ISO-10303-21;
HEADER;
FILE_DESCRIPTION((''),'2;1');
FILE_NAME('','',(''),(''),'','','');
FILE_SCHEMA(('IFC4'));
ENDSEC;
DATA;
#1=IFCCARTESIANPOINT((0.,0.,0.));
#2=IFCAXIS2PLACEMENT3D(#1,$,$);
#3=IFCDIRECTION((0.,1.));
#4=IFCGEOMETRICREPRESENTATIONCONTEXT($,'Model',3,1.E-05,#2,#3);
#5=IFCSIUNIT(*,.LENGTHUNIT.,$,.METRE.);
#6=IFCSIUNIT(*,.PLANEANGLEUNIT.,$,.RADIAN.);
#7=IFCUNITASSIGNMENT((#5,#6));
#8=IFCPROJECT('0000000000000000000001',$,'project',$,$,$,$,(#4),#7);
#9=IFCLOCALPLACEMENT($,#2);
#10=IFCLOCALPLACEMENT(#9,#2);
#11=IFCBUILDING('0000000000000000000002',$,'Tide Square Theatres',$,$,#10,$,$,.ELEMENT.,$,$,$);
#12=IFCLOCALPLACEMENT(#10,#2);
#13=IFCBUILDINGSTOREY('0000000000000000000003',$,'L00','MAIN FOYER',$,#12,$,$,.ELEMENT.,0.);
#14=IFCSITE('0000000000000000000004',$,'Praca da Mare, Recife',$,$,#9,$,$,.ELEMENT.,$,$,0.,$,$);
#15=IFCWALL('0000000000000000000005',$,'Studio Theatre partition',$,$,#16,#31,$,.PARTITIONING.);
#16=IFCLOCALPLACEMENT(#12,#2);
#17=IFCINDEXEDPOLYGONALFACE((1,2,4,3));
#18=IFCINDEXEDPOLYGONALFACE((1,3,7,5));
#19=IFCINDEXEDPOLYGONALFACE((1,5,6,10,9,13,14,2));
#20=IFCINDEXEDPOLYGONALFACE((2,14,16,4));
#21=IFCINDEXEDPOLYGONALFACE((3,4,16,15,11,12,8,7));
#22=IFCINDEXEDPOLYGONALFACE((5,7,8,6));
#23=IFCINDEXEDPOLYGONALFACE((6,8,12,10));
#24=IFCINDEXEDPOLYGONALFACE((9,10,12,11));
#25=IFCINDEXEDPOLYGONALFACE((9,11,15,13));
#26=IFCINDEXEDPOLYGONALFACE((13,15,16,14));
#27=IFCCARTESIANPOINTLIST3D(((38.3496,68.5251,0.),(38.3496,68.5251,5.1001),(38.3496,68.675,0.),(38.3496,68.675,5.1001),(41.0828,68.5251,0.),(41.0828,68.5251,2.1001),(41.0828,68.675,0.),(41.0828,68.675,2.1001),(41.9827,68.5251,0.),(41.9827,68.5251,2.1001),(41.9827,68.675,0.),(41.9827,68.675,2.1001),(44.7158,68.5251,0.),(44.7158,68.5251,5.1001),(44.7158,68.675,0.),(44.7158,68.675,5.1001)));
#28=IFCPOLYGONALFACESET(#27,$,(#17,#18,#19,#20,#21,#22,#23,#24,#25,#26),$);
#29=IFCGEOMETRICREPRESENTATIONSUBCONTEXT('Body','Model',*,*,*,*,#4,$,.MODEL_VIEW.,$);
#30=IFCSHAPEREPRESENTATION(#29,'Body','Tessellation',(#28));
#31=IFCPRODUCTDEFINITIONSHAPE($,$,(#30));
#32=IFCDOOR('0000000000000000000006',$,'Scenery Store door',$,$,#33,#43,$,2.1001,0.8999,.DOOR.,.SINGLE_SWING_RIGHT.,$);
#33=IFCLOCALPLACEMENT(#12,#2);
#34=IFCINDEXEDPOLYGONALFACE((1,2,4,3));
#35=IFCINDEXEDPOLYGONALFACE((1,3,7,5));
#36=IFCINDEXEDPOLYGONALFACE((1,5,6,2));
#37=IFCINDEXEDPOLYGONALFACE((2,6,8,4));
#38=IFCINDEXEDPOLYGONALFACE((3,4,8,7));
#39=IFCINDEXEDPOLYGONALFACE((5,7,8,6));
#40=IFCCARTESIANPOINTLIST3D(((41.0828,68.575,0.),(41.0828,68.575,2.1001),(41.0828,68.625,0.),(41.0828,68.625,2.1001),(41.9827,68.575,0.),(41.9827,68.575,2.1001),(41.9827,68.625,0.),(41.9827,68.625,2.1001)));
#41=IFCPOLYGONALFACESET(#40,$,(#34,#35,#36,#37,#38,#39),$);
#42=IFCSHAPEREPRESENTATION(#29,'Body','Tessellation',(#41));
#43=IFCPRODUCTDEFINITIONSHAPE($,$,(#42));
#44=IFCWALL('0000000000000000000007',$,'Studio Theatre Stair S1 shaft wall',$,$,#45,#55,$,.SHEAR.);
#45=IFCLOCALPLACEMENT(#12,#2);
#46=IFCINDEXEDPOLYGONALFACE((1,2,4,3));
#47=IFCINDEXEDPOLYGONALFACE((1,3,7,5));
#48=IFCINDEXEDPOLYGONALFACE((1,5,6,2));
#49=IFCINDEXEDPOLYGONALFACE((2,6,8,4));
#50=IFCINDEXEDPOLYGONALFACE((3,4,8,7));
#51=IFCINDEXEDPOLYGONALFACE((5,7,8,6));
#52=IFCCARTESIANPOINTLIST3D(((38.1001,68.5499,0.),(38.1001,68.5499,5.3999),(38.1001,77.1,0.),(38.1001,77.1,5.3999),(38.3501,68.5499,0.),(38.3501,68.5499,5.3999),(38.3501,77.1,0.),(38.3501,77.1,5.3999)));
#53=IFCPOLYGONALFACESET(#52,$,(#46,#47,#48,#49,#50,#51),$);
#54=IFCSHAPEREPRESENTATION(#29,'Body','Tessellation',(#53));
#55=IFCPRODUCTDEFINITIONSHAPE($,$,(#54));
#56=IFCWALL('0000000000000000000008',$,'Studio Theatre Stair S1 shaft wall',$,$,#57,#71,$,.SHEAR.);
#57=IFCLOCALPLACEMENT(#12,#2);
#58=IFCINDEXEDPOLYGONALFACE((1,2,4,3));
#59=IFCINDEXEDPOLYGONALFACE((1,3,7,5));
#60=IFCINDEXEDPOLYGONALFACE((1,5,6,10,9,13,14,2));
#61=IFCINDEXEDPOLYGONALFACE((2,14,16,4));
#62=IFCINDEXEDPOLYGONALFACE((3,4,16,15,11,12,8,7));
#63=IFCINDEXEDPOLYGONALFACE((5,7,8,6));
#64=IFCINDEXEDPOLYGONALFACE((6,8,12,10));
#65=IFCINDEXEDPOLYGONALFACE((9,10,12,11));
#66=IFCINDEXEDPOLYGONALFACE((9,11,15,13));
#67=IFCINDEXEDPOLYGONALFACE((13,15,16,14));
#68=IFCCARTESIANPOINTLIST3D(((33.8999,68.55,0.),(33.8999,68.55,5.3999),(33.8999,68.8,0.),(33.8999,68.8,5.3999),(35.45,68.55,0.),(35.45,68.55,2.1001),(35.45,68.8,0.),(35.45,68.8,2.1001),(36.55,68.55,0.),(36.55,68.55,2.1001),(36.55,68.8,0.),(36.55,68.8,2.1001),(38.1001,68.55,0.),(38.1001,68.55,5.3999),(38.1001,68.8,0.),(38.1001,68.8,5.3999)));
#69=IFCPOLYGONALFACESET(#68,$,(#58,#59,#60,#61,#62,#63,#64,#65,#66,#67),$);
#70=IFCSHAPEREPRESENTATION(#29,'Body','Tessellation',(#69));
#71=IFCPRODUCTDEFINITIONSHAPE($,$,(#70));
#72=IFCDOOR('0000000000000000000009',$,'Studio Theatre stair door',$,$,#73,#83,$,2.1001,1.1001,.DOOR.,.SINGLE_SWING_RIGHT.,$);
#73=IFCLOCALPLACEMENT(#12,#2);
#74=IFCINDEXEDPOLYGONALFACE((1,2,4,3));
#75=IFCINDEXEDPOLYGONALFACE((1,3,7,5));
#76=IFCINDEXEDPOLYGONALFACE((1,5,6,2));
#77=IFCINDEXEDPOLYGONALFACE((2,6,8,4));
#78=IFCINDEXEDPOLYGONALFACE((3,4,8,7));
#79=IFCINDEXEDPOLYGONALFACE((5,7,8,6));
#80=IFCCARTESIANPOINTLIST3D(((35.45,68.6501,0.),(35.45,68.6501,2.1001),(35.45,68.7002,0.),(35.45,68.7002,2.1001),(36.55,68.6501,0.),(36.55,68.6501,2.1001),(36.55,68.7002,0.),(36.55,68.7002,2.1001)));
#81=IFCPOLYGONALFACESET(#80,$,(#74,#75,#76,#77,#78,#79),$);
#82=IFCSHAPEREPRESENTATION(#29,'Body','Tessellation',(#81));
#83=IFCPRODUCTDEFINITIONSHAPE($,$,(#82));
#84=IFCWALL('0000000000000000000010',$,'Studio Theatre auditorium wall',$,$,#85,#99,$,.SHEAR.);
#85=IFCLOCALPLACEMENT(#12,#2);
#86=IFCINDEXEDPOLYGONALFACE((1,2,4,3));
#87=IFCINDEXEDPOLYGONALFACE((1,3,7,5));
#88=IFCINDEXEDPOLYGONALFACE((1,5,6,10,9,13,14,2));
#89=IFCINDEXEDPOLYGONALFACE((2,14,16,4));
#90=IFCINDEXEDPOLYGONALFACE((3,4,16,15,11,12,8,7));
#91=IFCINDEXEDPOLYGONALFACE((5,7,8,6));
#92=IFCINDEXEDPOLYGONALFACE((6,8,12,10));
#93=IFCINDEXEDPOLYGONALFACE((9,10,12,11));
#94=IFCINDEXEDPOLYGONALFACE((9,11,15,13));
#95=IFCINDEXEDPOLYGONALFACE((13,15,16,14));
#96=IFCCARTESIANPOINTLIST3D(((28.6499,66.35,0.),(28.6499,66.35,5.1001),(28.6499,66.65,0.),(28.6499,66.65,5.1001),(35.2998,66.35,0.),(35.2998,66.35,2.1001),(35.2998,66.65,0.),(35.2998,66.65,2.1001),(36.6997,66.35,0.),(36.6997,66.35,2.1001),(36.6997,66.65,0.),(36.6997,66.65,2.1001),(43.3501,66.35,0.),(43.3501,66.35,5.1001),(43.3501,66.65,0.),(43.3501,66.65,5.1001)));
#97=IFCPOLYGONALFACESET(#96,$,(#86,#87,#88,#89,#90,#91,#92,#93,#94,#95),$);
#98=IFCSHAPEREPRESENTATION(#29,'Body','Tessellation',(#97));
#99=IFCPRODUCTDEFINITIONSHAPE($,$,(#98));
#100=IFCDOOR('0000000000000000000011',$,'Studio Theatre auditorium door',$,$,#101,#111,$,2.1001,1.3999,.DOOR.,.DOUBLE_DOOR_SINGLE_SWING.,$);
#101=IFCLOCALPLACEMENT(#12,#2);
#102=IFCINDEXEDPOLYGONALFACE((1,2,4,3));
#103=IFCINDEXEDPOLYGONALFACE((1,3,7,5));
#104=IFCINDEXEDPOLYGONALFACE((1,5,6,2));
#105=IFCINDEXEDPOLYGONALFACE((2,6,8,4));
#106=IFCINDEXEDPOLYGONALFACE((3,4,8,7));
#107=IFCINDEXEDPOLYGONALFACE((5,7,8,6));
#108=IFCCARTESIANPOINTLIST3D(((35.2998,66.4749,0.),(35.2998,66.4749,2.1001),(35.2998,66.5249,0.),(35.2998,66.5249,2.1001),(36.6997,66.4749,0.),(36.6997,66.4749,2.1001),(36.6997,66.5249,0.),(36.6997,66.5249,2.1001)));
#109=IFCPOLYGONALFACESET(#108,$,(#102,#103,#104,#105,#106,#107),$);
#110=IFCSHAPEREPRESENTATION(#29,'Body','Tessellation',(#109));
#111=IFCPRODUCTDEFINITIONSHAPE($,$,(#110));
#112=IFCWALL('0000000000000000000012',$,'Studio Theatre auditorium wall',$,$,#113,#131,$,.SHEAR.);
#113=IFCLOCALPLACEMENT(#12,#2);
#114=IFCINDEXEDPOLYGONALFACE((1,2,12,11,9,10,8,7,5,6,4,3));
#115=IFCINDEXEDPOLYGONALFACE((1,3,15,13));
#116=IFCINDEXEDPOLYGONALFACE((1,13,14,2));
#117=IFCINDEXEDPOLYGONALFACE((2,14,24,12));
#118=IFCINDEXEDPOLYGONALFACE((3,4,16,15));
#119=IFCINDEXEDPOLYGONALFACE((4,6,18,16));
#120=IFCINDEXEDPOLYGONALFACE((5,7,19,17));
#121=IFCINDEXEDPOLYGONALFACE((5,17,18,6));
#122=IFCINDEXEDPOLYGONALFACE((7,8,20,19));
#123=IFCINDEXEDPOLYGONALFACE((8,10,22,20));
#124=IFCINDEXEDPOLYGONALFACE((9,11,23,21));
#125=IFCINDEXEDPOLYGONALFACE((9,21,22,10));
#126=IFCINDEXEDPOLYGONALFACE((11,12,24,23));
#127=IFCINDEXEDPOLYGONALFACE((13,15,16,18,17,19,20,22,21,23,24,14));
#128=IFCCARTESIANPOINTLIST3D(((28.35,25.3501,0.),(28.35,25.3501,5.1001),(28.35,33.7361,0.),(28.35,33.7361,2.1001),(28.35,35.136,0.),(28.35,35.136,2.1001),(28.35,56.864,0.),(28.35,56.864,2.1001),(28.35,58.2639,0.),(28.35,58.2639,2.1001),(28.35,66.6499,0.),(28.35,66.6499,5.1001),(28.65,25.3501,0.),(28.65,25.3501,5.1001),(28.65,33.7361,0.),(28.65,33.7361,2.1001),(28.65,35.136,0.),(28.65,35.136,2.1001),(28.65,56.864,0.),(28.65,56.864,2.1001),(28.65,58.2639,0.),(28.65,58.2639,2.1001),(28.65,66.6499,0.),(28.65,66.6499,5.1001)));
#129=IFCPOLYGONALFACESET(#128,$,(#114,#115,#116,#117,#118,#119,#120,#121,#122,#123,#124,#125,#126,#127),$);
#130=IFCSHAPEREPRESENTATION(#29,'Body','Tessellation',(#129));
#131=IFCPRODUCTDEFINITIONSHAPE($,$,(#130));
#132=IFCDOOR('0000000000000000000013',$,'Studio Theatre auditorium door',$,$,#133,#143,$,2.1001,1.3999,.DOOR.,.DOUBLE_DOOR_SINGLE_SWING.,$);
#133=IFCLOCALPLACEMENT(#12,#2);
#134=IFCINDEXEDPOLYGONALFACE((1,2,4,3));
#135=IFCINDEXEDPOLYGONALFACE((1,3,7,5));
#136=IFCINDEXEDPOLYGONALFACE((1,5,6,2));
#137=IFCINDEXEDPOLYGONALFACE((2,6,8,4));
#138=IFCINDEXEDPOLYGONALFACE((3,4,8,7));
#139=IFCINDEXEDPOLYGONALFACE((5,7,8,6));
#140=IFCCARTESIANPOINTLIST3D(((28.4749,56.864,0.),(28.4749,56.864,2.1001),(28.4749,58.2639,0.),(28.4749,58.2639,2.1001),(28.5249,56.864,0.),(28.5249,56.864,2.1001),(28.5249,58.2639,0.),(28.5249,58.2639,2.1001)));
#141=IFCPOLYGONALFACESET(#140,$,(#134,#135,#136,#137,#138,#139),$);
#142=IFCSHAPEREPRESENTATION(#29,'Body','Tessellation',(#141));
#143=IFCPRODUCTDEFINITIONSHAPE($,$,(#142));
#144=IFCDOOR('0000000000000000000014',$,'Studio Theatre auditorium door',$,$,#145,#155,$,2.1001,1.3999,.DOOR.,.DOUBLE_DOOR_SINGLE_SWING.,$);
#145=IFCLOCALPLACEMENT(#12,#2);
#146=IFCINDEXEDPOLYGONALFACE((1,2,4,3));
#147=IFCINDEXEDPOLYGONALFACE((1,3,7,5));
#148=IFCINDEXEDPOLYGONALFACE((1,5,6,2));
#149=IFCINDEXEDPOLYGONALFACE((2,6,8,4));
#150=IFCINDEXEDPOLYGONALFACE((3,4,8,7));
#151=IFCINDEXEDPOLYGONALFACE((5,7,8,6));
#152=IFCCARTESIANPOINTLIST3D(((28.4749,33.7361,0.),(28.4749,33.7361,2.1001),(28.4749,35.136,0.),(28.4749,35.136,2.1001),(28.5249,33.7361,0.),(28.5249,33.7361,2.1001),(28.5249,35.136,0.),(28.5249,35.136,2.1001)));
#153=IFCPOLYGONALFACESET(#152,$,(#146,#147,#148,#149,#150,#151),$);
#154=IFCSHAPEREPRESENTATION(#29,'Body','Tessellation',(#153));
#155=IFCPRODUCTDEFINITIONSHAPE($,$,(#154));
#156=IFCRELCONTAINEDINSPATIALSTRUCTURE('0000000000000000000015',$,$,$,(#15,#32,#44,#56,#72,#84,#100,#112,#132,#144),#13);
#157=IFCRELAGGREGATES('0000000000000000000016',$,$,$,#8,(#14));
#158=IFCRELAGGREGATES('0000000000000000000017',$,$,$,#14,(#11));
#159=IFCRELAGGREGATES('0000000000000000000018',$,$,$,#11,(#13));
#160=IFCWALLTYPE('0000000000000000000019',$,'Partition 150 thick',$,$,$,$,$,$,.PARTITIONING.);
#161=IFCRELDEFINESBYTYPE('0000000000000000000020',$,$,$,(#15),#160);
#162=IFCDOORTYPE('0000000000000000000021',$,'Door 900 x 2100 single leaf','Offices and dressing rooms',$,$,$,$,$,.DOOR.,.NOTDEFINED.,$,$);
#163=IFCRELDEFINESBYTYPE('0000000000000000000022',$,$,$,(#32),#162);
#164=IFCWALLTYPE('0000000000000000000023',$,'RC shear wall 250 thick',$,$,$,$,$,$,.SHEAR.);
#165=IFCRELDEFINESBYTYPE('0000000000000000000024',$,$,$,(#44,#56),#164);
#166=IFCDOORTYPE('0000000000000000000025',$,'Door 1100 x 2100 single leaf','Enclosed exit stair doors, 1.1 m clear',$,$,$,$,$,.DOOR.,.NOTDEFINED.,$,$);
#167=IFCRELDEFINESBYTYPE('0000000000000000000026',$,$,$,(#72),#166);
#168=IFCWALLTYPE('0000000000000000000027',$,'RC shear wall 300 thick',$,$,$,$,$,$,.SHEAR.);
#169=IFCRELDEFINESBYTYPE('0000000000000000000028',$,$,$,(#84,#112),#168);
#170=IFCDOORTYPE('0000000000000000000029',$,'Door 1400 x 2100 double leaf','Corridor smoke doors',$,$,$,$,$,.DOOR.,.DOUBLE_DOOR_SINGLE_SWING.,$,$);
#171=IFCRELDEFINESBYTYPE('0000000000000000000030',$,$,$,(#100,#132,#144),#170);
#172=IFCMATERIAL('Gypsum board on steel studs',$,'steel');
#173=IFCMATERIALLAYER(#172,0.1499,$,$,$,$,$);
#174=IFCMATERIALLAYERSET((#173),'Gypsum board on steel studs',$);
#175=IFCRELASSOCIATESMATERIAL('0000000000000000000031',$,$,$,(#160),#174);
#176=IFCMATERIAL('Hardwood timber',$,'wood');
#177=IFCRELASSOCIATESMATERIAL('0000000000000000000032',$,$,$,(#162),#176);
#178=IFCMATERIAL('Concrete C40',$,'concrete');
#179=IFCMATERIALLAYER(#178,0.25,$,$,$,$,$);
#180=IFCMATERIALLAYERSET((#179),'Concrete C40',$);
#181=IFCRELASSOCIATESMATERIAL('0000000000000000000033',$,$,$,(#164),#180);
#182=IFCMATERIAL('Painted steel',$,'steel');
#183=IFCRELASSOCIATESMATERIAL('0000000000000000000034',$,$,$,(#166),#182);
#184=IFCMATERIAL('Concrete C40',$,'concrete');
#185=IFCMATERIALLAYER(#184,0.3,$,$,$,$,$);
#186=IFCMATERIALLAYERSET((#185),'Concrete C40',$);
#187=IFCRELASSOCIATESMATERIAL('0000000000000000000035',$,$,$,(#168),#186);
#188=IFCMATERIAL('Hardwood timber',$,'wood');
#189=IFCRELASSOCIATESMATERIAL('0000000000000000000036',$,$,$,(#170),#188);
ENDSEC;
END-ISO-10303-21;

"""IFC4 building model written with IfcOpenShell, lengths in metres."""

from ifc_helpers import new_model, si_unit, direction, frame, frame_2d, origin, place, context, subcontext, project, spatial, rectangle, extrude, material, layer, layer_set, type_object, element, fill, save


model = new_model("IFC4")

# Units and contexts
model_context = context("Model", 3, precision=1e-05, world=origin(), true_north=direction((0.0, 1.0)))
body_context = subcontext(model_context, "Body", "Model", "MODEL_VIEW")
ifc_project = project(units=[si_unit("LENGTHUNIT", "METRE"), si_unit("PLANEANGLEUNIT", "RADIAN")], contexts=[model_context])

# Site, building, storey
site_placement = place(None, origin())
site = spatial("IfcSite", under=ifc_project, at=site_placement, Name="Praca da Mare, Recife", CompositionType="ELEMENT", RefElevation=0.0)
building_placement = place(site_placement, origin())
building = spatial("IfcBuilding", under=site, at=building_placement, Name="Tide Square Theatres", CompositionType="ELEMENT")
storey_placement = place(building_placement, origin())
storey = spatial("IfcBuildingStorey", under=building, at=storey_placement, Name="L00", Description="MAIN FOYER", CompositionType="ELEMENT", Elevation=0.0)

# Shared definitions
ifc_material_1 = material(Name="Gypsum board on steel studs", Category="steel")
ifc_layer_1 = layer(ifc_material_1, 0.1499)
ifc_layer_set_1 = layer_set([ifc_layer_1], Name="Gypsum board on steel studs")
wall_type_1 = type_object("IfcWallType", Name="Partition 150 thick", PredefinedType="PARTITIONING", material=ifc_layer_set_1)

# Wall, opening, door
wall_1_placement = place(storey_placement, frame((38.3496, 68.6001, 0.0), z_axis=(0.0, 0.0, 1.0), x_axis=(1.0, 0.0, 0.0)))
wall_1 = element("IfcWall", 1, at=wall_1_placement, inside=storey, type_object=wall_type_1, Name="Studio Theatre partition", PredefinedType="PARTITIONING", context=body_context, shape_type="SweptSolid", body=[
    extrude(rectangle(XDim=6.3662, YDim=0.1499, at=frame_2d((3.1831, 0.0))), origin(), (0.0, 0.0, 1.0), 5.1001),
])
opening_1_placement = place(wall_1_placement, frame((2.7332, 0.0, 0.0)))
opening_1 = element("IfcOpeningElement", 2, at=opening_1_placement, cuts=wall_1, PredefinedType="OPENING", context=body_context, shape_type="SweptSolid", body=[
    extrude(rectangle(XDim=0.8999, YDim=2.1001, at=frame_2d((0.45, 1.05))), frame((0.0, 0.085, 0.0), z_axis=(0.0, -1.0, 0.0), x_axis=(1.0, 0.0, 0.0)), (0.0, 0.0, 1.0), 0.1699),
])
ifc_material_2 = material(Name="Hardwood timber", Category="wood")
door_type_1 = type_object("IfcDoorType", Name="Door 900 x 2100 single leaf", Description="Offices and dressing rooms", OperationType="NOTDEFINED", PredefinedType="DOOR", material=ifc_material_2)
door_1_placement = place(opening_1_placement, origin())
door_1 = element("IfcDoor", 3, at=door_1_placement, inside=storey, type_object=door_type_1, Name="Scenery Store door", OperationType="SINGLE_SWING_RIGHT", OverallHeight=2.1001, OverallWidth=0.8999, PredefinedType="DOOR", context=body_context, shape_type="SweptSolid", body=[
    extrude(rectangle(XDim=0.8999, YDim=2.1001, at=frame_2d((0.45, 1.05))), frame((0.0, 0.0249, 0.0), z_axis=(0.0, -1.0, 0.0), x_axis=(1.0, 0.0, 0.0)), (0.0, 0.0, 1.0), 0.05),
])
fill(opening_1, door_1)

# Wall
ifc_material_3 = material(Name="Concrete C40", Category="concrete")
ifc_layer_2 = layer(ifc_material_3, 0.25)
ifc_layer_set_2 = layer_set([ifc_layer_2], Name="Concrete C40")
wall_type_2 = type_object("IfcWallType", Name="RC shear wall 250 thick", PredefinedType="SHEAR", material=ifc_layer_set_2)
wall_2_placement = place(storey_placement, frame((38.2251, 68.55, 0.0), z_axis=(0.0, 0.0, 1.0), x_axis=(0.0, 1.0, 0.0)))
element("IfcWall", 4, at=wall_2_placement, inside=storey, type_object=wall_type_2, Name="Studio Theatre Stair S1 shaft wall", PredefinedType="SHEAR", context=body_context, shape_type="SweptSolid", body=[
    extrude(rectangle(XDim=8.55, YDim=0.25, at=frame_2d((4.2749, 0.0))), origin(), (0.0, 0.0, 1.0), 5.3999),
])

# Walls, openings, doors
wall_3_placement = place(storey_placement, frame((38.1001, 68.675, 0.0), z_axis=(0.0, 0.0, 1.0), x_axis=(-1.0, 0.0, 0.0)))
wall_3 = element("IfcWall", 5, at=wall_3_placement, inside=storey, type_object=wall_type_2, Name="Studio Theatre Stair S1 shaft wall", PredefinedType="SHEAR", context=body_context, shape_type="SweptSolid", body=[
    extrude(rectangle(XDim=4.2002, YDim=0.25, at=frame_2d((2.1001, 0.0))), origin(), (0.0, 0.0, 1.0), 5.3999),
])
opening_2_placement = place(wall_3_placement, frame((1.55, 0.0, 0.0)))
opening_2 = element("IfcOpeningElement", 6, at=opening_2_placement, cuts=wall_3, PredefinedType="OPENING", context=body_context, shape_type="SweptSolid", body=[
    extrude(rectangle(XDim=1.1001, YDim=2.1001, at=frame_2d((0.55, 1.05))), frame((0.0, 0.135, 0.0), z_axis=(0.0, -1.0, 0.0), x_axis=(1.0, 0.0, 0.0)), (0.0, 0.0, 1.0), 0.27),
])
ifc_material_4 = material(Name="Painted steel", Category="steel")
door_type_2 = type_object("IfcDoorType", Name="Door 1100 x 2100 single leaf", Description="Enclosed exit stair doors, 1.1 m clear", OperationType="NOTDEFINED", PredefinedType="DOOR", material=ifc_material_4)
door_2_placement = place(opening_2_placement, origin())
door_2 = element("IfcDoor", 7, at=door_2_placement, inside=storey, type_object=door_type_2, Name="Studio Theatre stair door", OperationType="SINGLE_SWING_RIGHT", OverallHeight=2.1001, OverallWidth=1.1001, PredefinedType="DOOR", context=body_context, shape_type="SweptSolid", body=[
    extrude(rectangle(XDim=1.1001, YDim=2.1001, at=frame_2d((0.55, 1.05))), frame((0.0, 0.0249, 0.0), z_axis=(0.0, -1.0, 0.0), x_axis=(1.0, 0.0, 0.0)), (0.0, 0.0, 1.0), 0.05),
])
fill(opening_2, door_2)
ifc_material_5 = material(Name="Concrete C40", Category="concrete")
ifc_layer_3 = layer(ifc_material_5, 0.3)
ifc_layer_set_3 = layer_set([ifc_layer_3], Name="Concrete C40")
wall_type_3 = type_object("IfcWallType", Name="RC shear wall 300 thick", PredefinedType="SHEAR", material=ifc_layer_set_3)
wall_4_placement = place(storey_placement, frame((28.6499, 66.5, 0.0), z_axis=(0.0, 0.0, 1.0), x_axis=(1.0, 0.0, 0.0)))
wall_4 = element("IfcWall", 8, at=wall_4_placement, inside=storey, type_object=wall_type_3, Name="Studio Theatre auditorium wall", PredefinedType="SHEAR", context=body_context, shape_type="SweptSolid", body=[
    extrude(rectangle(XDim=14.7002, YDim=0.3, at=frame_2d((7.3501, 0.0))), origin(), (0.0, 0.0, 1.0), 5.1001),
])
opening_3_placement = place(wall_4_placement, frame((6.6499, 0.0, 0.0)))
opening_3 = element("IfcOpeningElement", 9, at=opening_3_placement, cuts=wall_4, PredefinedType="OPENING", context=body_context, shape_type="SweptSolid", body=[
    extrude(rectangle(XDim=1.3999, YDim=2.1001, at=frame_2d((0.7, 1.05))), frame((0.0, 0.1599, 0.0), z_axis=(0.0, -1.0, 0.0), x_axis=(1.0, 0.0, 0.0)), (0.0, 0.0, 1.0), 0.3201),
])
ifc_material_6 = material(Name="Hardwood timber", Category="wood")
door_type_3 = type_object("IfcDoorType", Name="Door 1400 x 2100 double leaf", Description="Corridor smoke doors", OperationType="DOUBLE_DOOR_SINGLE_SWING", PredefinedType="DOOR", material=ifc_material_6)
door_3_placement = place(opening_3_placement, origin())
door_3 = element("IfcDoor", 10, at=door_3_placement, inside=storey, type_object=door_type_3, Name="Studio Theatre auditorium door", OperationType="DOUBLE_DOOR_SINGLE_SWING", OverallHeight=2.1001, OverallWidth=1.3999, PredefinedType="DOOR", context=body_context, shape_type="SweptSolid", body=[
    extrude(rectangle(XDim=1.3999, YDim=2.1001, at=frame_2d((0.7, 1.05))), frame((0.0, 0.0249, 0.0), z_axis=(0.0, -1.0, 0.0), x_axis=(1.0, 0.0, 0.0)), (0.0, 0.0, 1.0), 0.05),
])
fill(opening_3, door_3)

# Wall, openings, doors
wall_5_placement = place(storey_placement, frame((28.5, 66.6499, 0.0), z_axis=(0.0, 0.0, 1.0), x_axis=(0.0, -1.0, 0.0)))
wall_5 = element("IfcWall", 11, at=wall_5_placement, inside=storey, type_object=wall_type_3, Name="Studio Theatre auditorium wall", PredefinedType="SHEAR", context=body_context, shape_type="SweptSolid", body=[
    extrude(rectangle(XDim=41.2998, YDim=0.3, at=frame_2d((20.6499, 0.0))), origin(), (0.0, 0.0, 1.0), 5.1001),
])
opening_4_placement = place(wall_5_placement, frame((8.386, 0.0, 0.0)))
opening_4 = element("IfcOpeningElement", 12, at=opening_4_placement, cuts=wall_5, PredefinedType="OPENING", context=body_context, shape_type="SweptSolid", body=[
    extrude(rectangle(XDim=1.3999, YDim=2.1001, at=frame_2d((0.7, 1.05))), frame((0.0, 0.1599, 0.0), z_axis=(0.0, -1.0, 0.0), x_axis=(1.0, 0.0, 0.0)), (0.0, 0.0, 1.0), 0.3201),
])
opening_5_placement = place(wall_5_placement, frame((31.5139, 0.0, 0.0)))
opening_5 = element("IfcOpeningElement", 13, at=opening_5_placement, cuts=wall_5, PredefinedType="OPENING", context=body_context, shape_type="SweptSolid", body=[
    extrude(rectangle(XDim=1.3999, YDim=2.1001, at=frame_2d((0.7, 1.05))), frame((0.0, 0.1599, 0.0), z_axis=(0.0, -1.0, 0.0), x_axis=(1.0, 0.0, 0.0)), (0.0, 0.0, 1.0), 0.3201),
])
door_4_placement = place(opening_4_placement, origin())
door_4 = element("IfcDoor", 14, at=door_4_placement, inside=storey, type_object=door_type_3, Name="Studio Theatre auditorium door", OperationType="DOUBLE_DOOR_SINGLE_SWING", OverallHeight=2.1001, OverallWidth=1.3999, PredefinedType="DOOR", context=body_context, shape_type="SweptSolid", body=[
    extrude(rectangle(XDim=1.3999, YDim=2.1001, at=frame_2d((0.7, 1.05))), frame((0.0, 0.0249, 0.0), z_axis=(0.0, -1.0, 0.0), x_axis=(1.0, 0.0, 0.0)), (0.0, 0.0, 1.0), 0.05),
])
fill(opening_4, door_4)
door_5_placement = place(opening_5_placement, origin())
door_5 = element("IfcDoor", 15, at=door_5_placement, inside=storey, type_object=door_type_3, Name="Studio Theatre auditorium door", OperationType="DOUBLE_DOOR_SINGLE_SWING", OverallHeight=2.1001, OverallWidth=1.3999, PredefinedType="DOOR", context=body_context, shape_type="SweptSolid", body=[
    extrude(rectangle(XDim=1.3999, YDim=2.1001, at=frame_2d((0.7, 1.05))), frame((0.0, 0.0249, 0.0), z_axis=(0.0, -1.0, 0.0), x_axis=(1.0, 0.0, 0.0)), (0.0, 0.0, 1.0), 0.05),
])
fill(opening_5, door_5)

save(model, "model.ifc")
